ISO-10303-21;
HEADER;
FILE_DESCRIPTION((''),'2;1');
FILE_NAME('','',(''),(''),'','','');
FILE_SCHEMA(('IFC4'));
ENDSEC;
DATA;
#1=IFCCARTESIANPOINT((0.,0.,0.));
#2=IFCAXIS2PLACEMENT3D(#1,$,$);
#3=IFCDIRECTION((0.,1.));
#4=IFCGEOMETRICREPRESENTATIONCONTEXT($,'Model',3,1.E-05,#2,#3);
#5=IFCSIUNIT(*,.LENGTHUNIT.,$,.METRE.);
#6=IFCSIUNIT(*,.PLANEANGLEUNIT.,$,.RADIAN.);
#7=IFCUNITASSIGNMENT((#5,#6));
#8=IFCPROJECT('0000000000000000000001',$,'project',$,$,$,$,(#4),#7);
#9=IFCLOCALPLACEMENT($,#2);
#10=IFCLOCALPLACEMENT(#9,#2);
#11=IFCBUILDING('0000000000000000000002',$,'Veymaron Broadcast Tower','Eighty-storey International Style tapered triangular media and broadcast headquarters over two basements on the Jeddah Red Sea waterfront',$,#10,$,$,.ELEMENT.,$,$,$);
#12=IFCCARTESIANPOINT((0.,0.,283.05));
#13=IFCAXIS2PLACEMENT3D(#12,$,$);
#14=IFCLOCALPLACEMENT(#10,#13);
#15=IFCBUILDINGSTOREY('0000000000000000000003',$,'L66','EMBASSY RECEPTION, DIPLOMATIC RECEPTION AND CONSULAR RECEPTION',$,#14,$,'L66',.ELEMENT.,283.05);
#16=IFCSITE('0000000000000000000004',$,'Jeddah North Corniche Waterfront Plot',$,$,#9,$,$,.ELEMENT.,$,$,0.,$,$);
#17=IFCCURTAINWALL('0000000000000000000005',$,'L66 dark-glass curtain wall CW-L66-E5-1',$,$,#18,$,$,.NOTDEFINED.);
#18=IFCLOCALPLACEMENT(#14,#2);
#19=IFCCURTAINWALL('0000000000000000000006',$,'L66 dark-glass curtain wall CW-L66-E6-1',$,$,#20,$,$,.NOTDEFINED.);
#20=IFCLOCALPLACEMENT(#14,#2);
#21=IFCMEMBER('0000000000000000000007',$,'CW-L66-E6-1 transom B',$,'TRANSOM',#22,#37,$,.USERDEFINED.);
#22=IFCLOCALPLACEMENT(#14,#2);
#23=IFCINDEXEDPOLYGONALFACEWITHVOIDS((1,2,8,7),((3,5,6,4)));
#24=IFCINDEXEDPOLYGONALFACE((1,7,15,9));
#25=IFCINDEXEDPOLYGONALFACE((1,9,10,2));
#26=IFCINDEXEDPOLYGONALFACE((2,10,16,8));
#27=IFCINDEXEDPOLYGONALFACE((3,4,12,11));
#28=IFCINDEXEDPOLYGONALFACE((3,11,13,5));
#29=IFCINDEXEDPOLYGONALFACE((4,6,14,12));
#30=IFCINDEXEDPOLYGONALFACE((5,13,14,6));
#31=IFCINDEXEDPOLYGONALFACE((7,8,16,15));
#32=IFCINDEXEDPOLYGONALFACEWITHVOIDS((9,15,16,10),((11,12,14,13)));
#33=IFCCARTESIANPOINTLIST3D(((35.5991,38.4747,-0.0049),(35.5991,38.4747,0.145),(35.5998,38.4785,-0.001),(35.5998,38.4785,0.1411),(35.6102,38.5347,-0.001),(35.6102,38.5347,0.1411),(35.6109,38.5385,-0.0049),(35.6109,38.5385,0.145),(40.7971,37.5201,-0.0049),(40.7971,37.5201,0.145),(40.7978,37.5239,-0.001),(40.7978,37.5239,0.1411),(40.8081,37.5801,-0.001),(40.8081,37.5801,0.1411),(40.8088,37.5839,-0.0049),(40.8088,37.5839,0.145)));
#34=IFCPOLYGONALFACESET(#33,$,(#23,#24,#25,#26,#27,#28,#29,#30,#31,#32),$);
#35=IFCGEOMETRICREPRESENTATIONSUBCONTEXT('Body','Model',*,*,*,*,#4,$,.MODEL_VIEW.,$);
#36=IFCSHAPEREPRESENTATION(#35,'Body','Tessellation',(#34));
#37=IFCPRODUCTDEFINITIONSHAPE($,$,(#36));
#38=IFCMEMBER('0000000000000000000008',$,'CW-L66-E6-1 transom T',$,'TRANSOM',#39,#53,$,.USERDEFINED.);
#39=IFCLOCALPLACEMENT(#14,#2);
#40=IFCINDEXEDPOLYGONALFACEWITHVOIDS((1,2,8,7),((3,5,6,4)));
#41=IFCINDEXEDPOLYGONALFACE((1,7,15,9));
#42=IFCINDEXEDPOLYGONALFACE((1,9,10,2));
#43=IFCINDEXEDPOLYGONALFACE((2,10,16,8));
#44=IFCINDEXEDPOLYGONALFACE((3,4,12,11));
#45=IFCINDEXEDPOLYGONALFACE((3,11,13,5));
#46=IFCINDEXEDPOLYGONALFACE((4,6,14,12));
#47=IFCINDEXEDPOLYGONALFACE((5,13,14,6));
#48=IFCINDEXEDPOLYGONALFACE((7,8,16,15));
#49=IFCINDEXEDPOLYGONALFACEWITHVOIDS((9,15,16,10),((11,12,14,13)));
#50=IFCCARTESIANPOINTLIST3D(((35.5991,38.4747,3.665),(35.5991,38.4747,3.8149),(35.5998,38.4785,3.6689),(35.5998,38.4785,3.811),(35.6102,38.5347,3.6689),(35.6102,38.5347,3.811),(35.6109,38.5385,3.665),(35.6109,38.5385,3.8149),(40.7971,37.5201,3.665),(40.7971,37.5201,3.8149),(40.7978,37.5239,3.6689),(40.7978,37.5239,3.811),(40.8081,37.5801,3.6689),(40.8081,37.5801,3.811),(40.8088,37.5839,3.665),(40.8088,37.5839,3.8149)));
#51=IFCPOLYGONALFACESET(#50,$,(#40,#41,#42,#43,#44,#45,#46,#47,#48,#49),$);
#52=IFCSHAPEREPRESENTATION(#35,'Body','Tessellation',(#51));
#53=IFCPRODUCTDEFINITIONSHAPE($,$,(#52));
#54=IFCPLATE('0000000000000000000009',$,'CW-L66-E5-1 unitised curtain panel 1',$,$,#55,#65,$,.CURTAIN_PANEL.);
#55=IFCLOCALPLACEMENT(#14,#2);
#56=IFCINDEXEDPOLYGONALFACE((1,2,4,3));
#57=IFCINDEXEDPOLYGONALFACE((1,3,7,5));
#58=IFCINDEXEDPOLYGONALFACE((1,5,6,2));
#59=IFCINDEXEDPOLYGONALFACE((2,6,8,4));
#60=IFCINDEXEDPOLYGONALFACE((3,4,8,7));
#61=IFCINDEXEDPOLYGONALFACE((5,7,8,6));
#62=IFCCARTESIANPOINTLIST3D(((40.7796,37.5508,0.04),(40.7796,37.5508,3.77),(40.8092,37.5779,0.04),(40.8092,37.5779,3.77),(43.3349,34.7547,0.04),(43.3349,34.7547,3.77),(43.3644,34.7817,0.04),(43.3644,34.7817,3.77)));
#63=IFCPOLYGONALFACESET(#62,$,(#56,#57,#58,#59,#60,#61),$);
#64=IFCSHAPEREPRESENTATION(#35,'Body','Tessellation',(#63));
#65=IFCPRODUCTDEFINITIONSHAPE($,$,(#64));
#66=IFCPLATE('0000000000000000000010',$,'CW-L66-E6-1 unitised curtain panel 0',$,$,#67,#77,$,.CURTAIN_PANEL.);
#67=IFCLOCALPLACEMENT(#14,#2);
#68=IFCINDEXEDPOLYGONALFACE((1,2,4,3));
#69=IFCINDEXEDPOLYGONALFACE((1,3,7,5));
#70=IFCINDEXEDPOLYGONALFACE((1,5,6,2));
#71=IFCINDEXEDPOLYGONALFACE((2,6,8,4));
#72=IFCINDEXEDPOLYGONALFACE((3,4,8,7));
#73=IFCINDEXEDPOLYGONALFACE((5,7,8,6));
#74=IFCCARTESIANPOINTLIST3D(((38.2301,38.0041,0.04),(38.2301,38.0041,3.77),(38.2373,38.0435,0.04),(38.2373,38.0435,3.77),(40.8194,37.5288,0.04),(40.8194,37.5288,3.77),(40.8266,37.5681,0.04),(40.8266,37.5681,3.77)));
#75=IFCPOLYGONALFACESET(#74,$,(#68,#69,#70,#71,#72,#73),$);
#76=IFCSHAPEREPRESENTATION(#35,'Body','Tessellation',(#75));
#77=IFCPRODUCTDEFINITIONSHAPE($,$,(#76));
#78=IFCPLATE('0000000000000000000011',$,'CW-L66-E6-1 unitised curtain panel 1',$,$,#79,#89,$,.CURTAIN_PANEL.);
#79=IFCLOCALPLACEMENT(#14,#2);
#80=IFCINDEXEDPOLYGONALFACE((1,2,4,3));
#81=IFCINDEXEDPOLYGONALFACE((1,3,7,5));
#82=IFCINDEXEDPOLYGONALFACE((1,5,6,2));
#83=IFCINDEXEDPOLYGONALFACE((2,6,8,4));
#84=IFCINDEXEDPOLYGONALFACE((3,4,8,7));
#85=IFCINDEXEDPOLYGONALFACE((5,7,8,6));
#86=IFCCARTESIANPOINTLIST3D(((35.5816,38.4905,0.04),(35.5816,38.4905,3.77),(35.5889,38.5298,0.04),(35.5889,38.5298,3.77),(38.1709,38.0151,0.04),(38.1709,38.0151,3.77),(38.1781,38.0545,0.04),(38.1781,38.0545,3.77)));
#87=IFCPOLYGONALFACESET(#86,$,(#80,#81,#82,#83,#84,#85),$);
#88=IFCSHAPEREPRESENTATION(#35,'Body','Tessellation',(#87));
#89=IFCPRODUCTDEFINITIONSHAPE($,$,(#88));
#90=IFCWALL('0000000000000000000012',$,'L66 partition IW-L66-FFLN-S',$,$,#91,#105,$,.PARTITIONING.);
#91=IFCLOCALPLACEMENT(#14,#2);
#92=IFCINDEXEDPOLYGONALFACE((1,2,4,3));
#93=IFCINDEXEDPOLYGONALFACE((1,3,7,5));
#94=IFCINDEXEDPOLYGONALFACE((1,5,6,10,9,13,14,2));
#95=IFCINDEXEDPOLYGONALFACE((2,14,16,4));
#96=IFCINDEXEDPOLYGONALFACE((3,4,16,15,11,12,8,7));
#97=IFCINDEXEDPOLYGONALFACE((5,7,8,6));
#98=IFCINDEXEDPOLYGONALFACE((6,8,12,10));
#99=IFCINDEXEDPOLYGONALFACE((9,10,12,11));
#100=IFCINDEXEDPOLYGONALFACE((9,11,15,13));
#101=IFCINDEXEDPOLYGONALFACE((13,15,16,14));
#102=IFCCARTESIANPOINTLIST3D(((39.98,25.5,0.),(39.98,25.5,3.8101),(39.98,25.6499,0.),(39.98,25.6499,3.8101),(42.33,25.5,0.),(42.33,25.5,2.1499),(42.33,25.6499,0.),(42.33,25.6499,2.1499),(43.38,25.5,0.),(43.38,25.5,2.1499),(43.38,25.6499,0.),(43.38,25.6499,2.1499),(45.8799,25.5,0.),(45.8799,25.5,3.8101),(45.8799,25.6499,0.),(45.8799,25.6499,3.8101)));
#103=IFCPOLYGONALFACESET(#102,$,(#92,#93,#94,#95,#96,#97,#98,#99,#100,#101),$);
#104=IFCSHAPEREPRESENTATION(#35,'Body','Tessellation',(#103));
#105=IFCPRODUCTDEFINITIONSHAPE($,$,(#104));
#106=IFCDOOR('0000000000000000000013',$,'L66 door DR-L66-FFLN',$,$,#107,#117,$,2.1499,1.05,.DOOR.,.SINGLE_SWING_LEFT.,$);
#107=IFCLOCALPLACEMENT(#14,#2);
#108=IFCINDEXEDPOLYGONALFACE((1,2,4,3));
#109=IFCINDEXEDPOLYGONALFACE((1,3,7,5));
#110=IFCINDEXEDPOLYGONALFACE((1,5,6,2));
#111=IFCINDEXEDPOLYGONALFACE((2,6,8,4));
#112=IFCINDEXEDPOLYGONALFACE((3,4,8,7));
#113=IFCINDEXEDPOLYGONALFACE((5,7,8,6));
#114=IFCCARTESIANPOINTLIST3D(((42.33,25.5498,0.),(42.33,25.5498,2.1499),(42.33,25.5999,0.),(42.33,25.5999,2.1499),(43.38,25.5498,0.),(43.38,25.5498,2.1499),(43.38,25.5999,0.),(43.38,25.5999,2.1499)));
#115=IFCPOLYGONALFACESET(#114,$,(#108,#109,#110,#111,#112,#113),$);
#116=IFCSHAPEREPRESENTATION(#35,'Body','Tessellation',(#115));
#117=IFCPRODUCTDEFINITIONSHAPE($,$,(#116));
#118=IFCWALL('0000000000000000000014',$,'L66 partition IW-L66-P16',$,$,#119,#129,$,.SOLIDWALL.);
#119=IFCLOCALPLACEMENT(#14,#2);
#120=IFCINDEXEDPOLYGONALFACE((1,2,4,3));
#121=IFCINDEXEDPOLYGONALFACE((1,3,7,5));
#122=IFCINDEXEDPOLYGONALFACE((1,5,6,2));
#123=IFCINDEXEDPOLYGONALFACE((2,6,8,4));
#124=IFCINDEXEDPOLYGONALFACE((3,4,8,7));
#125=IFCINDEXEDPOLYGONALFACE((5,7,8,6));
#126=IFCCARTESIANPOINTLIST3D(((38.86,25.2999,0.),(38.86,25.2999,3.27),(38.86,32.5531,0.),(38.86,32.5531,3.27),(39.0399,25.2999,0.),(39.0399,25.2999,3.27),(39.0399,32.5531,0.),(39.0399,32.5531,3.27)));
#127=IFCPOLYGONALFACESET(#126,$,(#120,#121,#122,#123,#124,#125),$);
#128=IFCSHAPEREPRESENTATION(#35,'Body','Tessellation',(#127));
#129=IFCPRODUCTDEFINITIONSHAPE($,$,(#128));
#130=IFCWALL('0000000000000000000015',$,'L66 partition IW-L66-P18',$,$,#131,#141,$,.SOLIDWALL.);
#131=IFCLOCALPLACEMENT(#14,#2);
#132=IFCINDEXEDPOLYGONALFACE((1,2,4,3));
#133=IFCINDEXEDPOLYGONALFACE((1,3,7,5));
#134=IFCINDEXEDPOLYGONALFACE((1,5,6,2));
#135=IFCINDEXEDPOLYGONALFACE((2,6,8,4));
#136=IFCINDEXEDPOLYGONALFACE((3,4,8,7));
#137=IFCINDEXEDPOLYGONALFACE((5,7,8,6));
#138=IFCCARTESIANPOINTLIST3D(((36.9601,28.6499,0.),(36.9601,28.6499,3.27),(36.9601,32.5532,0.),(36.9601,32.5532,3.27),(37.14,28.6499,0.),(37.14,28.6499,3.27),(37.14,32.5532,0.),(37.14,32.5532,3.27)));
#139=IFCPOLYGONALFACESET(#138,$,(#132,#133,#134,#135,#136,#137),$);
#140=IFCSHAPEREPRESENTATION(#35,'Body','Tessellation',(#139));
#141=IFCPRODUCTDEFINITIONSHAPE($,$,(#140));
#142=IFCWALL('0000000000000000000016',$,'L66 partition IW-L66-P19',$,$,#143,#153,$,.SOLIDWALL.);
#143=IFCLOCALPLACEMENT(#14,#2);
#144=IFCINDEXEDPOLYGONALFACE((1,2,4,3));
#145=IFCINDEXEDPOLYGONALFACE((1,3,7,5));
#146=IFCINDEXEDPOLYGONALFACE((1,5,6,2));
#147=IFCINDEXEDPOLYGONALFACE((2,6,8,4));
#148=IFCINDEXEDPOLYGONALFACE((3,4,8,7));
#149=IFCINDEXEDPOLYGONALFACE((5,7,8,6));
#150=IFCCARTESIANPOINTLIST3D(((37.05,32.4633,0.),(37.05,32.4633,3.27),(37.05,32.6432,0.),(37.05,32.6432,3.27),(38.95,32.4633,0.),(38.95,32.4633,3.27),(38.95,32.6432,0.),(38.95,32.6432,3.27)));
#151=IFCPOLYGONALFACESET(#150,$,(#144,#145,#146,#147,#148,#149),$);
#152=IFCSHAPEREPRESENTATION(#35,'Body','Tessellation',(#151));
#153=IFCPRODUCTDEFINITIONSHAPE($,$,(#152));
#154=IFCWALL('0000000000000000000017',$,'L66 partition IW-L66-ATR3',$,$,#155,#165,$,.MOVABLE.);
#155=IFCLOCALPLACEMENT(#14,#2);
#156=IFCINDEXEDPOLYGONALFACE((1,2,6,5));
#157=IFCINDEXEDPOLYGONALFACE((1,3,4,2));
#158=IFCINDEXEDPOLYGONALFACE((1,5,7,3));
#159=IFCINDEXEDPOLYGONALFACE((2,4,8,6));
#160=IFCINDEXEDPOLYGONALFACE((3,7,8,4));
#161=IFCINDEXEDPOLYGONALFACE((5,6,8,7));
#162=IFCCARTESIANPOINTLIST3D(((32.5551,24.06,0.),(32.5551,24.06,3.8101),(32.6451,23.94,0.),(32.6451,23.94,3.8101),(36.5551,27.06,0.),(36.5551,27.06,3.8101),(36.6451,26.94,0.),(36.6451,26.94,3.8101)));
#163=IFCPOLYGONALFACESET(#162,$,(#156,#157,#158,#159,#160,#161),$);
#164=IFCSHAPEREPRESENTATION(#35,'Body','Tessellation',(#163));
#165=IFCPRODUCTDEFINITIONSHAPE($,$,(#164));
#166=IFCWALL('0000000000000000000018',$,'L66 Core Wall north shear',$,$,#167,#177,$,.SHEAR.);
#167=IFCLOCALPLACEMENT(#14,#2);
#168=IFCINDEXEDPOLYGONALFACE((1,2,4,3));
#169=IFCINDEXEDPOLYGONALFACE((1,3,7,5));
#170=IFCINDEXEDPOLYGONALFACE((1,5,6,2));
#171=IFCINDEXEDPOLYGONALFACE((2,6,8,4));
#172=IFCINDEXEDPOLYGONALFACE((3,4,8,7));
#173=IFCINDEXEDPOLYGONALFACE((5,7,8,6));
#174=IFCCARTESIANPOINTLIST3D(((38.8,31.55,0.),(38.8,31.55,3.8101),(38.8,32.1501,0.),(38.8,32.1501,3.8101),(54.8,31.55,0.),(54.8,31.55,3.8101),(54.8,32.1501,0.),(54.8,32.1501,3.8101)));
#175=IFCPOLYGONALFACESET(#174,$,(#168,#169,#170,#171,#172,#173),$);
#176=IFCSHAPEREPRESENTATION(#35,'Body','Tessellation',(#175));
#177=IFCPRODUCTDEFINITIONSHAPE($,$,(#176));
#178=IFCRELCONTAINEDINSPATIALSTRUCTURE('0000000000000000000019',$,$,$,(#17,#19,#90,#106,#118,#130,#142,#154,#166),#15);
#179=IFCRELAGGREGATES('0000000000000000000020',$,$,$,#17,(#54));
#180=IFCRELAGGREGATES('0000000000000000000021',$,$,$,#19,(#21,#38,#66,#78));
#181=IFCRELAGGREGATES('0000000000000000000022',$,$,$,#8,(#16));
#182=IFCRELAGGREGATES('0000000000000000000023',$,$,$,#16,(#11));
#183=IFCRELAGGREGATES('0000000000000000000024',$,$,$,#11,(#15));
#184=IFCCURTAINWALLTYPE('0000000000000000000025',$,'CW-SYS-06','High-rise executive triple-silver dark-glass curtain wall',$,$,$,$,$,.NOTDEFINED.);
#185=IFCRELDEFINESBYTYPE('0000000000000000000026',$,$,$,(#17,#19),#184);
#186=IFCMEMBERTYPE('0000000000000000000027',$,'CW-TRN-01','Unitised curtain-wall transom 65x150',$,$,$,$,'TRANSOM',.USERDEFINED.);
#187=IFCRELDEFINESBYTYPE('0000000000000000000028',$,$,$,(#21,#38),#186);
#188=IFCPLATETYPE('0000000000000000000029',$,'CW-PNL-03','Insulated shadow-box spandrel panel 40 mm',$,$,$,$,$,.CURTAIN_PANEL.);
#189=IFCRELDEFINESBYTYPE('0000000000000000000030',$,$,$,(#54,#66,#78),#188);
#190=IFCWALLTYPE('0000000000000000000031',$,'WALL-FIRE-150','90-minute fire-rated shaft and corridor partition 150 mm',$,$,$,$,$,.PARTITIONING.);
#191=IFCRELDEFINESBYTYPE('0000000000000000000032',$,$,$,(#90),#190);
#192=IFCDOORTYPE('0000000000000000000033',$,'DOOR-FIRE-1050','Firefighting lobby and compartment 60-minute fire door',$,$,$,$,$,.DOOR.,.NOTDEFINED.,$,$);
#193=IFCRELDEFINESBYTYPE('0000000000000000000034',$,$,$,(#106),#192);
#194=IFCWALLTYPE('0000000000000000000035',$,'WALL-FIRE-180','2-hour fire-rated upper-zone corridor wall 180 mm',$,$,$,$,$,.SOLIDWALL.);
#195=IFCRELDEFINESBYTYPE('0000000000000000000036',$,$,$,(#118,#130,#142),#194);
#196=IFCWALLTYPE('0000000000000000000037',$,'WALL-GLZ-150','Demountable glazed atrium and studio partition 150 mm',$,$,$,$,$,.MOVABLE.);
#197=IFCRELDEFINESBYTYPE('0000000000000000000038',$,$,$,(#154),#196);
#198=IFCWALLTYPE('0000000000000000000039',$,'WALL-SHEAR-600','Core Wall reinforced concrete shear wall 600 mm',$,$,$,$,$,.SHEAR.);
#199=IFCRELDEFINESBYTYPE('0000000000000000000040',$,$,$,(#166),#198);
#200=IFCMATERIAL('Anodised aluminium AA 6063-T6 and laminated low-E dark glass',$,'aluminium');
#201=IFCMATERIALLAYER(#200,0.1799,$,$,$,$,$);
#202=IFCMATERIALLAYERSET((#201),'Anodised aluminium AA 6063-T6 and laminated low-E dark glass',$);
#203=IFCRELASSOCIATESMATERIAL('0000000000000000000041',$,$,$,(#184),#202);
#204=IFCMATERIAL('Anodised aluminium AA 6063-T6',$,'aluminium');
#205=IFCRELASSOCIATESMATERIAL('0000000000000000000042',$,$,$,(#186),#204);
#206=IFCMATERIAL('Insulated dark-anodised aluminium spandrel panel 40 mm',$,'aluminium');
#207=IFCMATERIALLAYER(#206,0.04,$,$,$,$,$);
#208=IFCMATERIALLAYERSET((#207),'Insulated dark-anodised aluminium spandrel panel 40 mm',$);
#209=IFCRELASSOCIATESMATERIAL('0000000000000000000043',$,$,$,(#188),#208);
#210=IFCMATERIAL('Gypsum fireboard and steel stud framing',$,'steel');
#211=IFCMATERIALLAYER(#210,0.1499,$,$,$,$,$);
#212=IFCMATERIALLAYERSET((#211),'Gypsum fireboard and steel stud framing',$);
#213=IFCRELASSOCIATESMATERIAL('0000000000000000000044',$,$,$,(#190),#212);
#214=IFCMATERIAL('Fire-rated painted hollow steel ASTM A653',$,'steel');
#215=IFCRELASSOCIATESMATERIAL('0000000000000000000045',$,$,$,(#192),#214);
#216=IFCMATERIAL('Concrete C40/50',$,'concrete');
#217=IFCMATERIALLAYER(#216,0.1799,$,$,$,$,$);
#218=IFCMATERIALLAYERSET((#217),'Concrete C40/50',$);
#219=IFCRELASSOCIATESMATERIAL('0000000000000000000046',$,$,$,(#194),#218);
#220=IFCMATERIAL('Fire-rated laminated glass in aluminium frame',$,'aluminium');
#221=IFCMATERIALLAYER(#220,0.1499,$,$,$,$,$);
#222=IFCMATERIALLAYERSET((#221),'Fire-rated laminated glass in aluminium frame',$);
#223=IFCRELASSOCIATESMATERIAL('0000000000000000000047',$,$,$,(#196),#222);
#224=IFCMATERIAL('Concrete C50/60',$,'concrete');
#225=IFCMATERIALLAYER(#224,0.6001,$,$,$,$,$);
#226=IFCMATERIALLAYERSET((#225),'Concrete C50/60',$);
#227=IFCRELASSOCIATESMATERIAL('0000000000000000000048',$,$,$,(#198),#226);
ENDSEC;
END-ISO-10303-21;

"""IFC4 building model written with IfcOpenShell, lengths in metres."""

from ifc_helpers import new_model, si_unit, direction, frame, frame_2d, origin, origin_2d, place, context, subcontext, project, spatial, rectangle, hollow_rectangle, extrude, material, layer, layer_set, material_profile, profile_set, type_object, element, fill, aggregate, save


model = new_model("IFC4")

# Units and contexts
model_context = context("Model", 3, precision=1e-05, world=origin(), true_north=direction((0.0, 1.0)))
body_context = subcontext(model_context, "Body", "Model", "MODEL_VIEW")
ifc_project = project(units=[si_unit("LENGTHUNIT", "METRE"), si_unit("PLANEANGLEUNIT", "RADIAN")], contexts=[model_context])

# Site, building, storey
site_placement = place(None, origin())
site = spatial("IfcSite", under=ifc_project, at=site_placement, Name="Jeddah North Corniche Waterfront Plot", CompositionType="ELEMENT", RefElevation=0.0)
building_placement = place(site_placement, origin())
building = spatial("IfcBuilding", under=site, at=building_placement, Name="Veymaron Broadcast Tower", Description="Eighty-storey International Style tapered triangular media and broadcast headquarters over two basements on the Jeddah Red Sea waterfront", CompositionType="ELEMENT")
storey_placement = place(building_placement, frame((0.0, 0.0, 283.05)))
storey = spatial("IfcBuildingStorey", under=building, at=storey_placement, Name="L66", Description="EMBASSY RECEPTION, DIPLOMATIC RECEPTION AND CONSULAR RECEPTION", LongName="L66", CompositionType="ELEMENT", Elevation=283.05)

# Curtain walls, members
ifc_material_1 = material(Name="Anodised aluminium AA 6063-T6 and laminated low-E dark glass", Category="aluminium")
ifc_layer_1 = layer(ifc_material_1, 0.1799)
ifc_layer_set_1 = layer_set([ifc_layer_1], Name="Anodised aluminium AA 6063-T6 and laminated low-E dark glass")
curtain_wall_type = type_object("IfcCurtainWallType", Name="CW-SYS-06", Description="High-rise executive triple-silver dark-glass curtain wall", PredefinedType="NOTDEFINED", material=ifc_layer_set_1)
curtain_wall_1_placement = place(storey_placement, origin())
curtain_wall_1 = element("IfcCurtainWall", 1, at=curtain_wall_1_placement, inside=storey, type_object=curtain_wall_type, Name="L66 dark-glass curtain wall CW-L66-E5-1", PredefinedType="NOTDEFINED")
ifc_material_2 = material(Name="Anodised aluminium AA 6063-T6", Category="aluminium")
curtain_wall_2_placement = place(storey_placement, origin())
curtain_wall_2 = element("IfcCurtainWall", 2, at=curtain_wall_2_placement, inside=storey, type_object=curtain_wall_type, Name="L66 dark-glass curtain wall CW-L66-E6-1", PredefinedType="NOTDEFINED")
ifc_material_profile_1 = material_profile(ifc_material_2, hollow_rectangle(XDim=0.0649, YDim=0.1499, WallThickness=0.0039, at=origin_2d()), Name="AL150X65X4")
ifc_profile_set_1 = profile_set([ifc_material_profile_1], Name="Anodised aluminium AA 6063-T6")
member_type_1 = type_object("IfcMemberType", Name="CW-TRN-01", Description="Unitised curtain-wall transom 65x150", ElementType="TRANSOM", PredefinedType="USERDEFINED", material=ifc_profile_set_1)
member_1_placement = place(storey_placement, frame((40.803, 37.552, 0.0701), z_axis=(-0.983552, 0.180625, 0.0), x_axis=(-0.180625, -0.983552, 0.0)))
member_1 = element("IfcMember", 3, at=member_1_placement, type_object=member_type_1, Name="CW-L66-E6-1 transom B", ObjectType="TRANSOM", PredefinedType="USERDEFINED", context=body_context, shape_type="SweptSolid", body=[
    extrude(hollow_rectangle(XDim=0.0649, YDim=0.1499, WallThickness=0.0039, at=origin_2d()), origin(), (0.0, 0.0, 1.0), 5.2849),
])
member_2_placement = place(storey_placement, frame((40.803, 37.552, 3.74), z_axis=(-0.983552, 0.180625, 0.0), x_axis=(-0.180625, -0.983552, 0.0)))
member_2 = element("IfcMember", 4, at=member_2_placement, type_object=member_type_1, Name="CW-L66-E6-1 transom T", ObjectType="TRANSOM", PredefinedType="USERDEFINED", context=body_context, shape_type="SweptSolid", body=[
    extrude(hollow_rectangle(XDim=0.0649, YDim=0.1499, WallThickness=0.0039, at=origin_2d()), origin(), (0.0, 0.0, 1.0), 5.2849),
])

# Plates
ifc_material_3 = material(Name="Insulated dark-anodised aluminium spandrel panel 40 mm", Category="aluminium")
ifc_layer_2 = layer(ifc_material_3, 0.04)
ifc_layer_set_2 = layer_set([ifc_layer_2], Name="Insulated dark-anodised aluminium spandrel panel 40 mm")
plate_type = type_object("IfcPlateType", Name="CW-PNL-03", Description="Insulated shadow-box spandrel panel 40 mm", PredefinedType="CURTAIN_PANEL", material=ifc_layer_set_2)
plate_1_placement = place(storey_placement, frame((42.072, 36.1663, 0.04), z_axis=(0.0, 0.0, 1.0), x_axis=(-0.674586, 0.738196, 0.0)))
plate_1 = element("IfcPlate", 5, at=plate_1_placement, type_object=plate_type, Name="CW-L66-E5-1 unitised curtain panel 1", PredefinedType="CURTAIN_PANEL", context=body_context, shape_type="SweptSolid", body=[
    extrude(rectangle(XDim=3.7878, YDim=0.04, at=origin_2d()), origin(), (0.0, 0.0, 1.0), 3.73),
])
aggregate(curtain_wall_1, [plate_1])
plate_2_placement = place(storey_placement, frame((39.5283, 37.7861, 0.04), z_axis=(0.0, 0.0, 1.0), x_axis=(-0.983562, 0.180571, 0.0)))
plate_2 = element("IfcPlate", 6, at=plate_2_placement, type_object=plate_type, Name="CW-L66-E6-1 unitised curtain panel 0", PredefinedType="CURTAIN_PANEL", context=body_context, shape_type="SweptSolid", body=[
    extrude(rectangle(XDim=2.6326, YDim=0.04, at=origin_2d()), origin(), (0.0, 0.0, 1.0), 3.73),
])
plate_3_placement = place(storey_placement, frame((36.8799, 38.2725, 0.04), z_axis=(0.0, 0.0, 1.0), x_axis=(-0.983562, 0.180571, 0.0)))
plate_3 = element("IfcPlate", 7, at=plate_3_placement, type_object=plate_type, Name="CW-L66-E6-1 unitised curtain panel 1", PredefinedType="CURTAIN_PANEL", context=body_context, shape_type="SweptSolid", body=[
    extrude(rectangle(XDim=2.6326, YDim=0.04, at=origin_2d()), origin(), (0.0, 0.0, 1.0), 3.73),
])
aggregate(curtain_wall_2, [member_1, member_2, plate_2, plate_3])

# Wall, opening, door
ifc_material_4 = material(Name="Gypsum fireboard and steel stud framing", Category="steel")
ifc_layer_3 = layer(ifc_material_4, 0.1499)
ifc_layer_set_3 = layer_set([ifc_layer_3], Name="Gypsum fireboard and steel stud framing")
wall_type_1 = type_object("IfcWallType", Name="WALL-FIRE-150", Description="90-minute fire-rated shaft and corridor partition 150 mm", PredefinedType="PARTITIONING", material=ifc_layer_set_3)
wall_1_placement = place(storey_placement, frame((39.98, 25.575, 0.0), z_axis=(0.0, 0.0, 1.0), x_axis=(1.0, 0.0, 0.0)))
wall_1 = element("IfcWall", 8, at=wall_1_placement, inside=storey, type_object=wall_type_1, Name="L66 partition IW-L66-FFLN-S", PredefinedType="PARTITIONING", context=body_context, shape_type="SweptSolid", body=[
    extrude(rectangle(XDim=5.8999, YDim=0.1499, at=frame_2d((2.95, 0.0))), origin(), (0.0, 0.0, 1.0), 3.8101),
])
opening_1_placement = place(wall_1_placement, frame((2.3501, 0.0, 0.0)))
opening_1 = element("IfcOpeningElement", 9, at=opening_1_placement, cuts=wall_1, PredefinedType="OPENING", context=body_context, shape_type="SweptSolid", body=[
    extrude(rectangle(XDim=1.05, YDim=2.1499, at=frame_2d((0.5249, 1.075))), frame((0.0, 0.085, 0.0), z_axis=(0.0, -1.0, 0.0), x_axis=(1.0, 0.0, 0.0)), (0.0, 0.0, 1.0), 0.1699),
])
ifc_material_5 = material(Name="Fire-rated painted hollow steel ASTM A653", Category="steel")
door_type_1 = type_object("IfcDoorType", Name="DOOR-FIRE-1050", Description="Firefighting lobby and compartment 60-minute fire door", OperationType="NOTDEFINED", PredefinedType="DOOR", material=ifc_material_5)
door_1_placement = place(opening_1_placement, origin())
door_1 = element("IfcDoor", 10, at=door_1_placement, inside=storey, type_object=door_type_1, Name="L66 door DR-L66-FFLN", OperationType="SINGLE_SWING_LEFT", OverallHeight=2.1499, OverallWidth=1.05, PredefinedType="DOOR", context=body_context, shape_type="SweptSolid", body=[
    extrude(rectangle(XDim=1.05, YDim=2.1499, at=frame_2d((0.5249, 1.075))), frame((0.0, 0.0249, 0.0), z_axis=(0.0, -1.0, 0.0), x_axis=(1.0, 0.0, 0.0)), (0.0, 0.0, 1.0), 0.05),
])
fill(opening_1, door_1)

# Walls
ifc_material_6 = material(Name="Concrete C40/50", Category="concrete")
ifc_layer_4 = layer(ifc_material_6, 0.1799)
ifc_layer_set_4 = layer_set([ifc_layer_4], Name="Concrete C40/50")
wall_type_2 = type_object("IfcWallType", Name="WALL-FIRE-180", Description="2-hour fire-rated upper-zone corridor wall 180 mm", PredefinedType="SOLIDWALL", material=ifc_layer_set_4)
wall_2_placement = place(storey_placement, frame((38.95, 25.3, 0.0), z_axis=(0.0, 0.0, 1.0), x_axis=(0.0, 1.0, 0.0)))
element("IfcWall", 11, at=wall_2_placement, inside=storey, type_object=wall_type_2, Name="L66 partition IW-L66-P16", PredefinedType="SOLIDWALL", context=body_context, shape_type="SweptSolid", body=[
    extrude(rectangle(XDim=7.2532, YDim=0.1799, at=frame_2d((3.6265, 0.0))), origin(), (0.0, 0.0, 1.0), 3.27),
])
wall_3_placement = place(storey_placement, frame((37.05, 28.6499, 0.0), z_axis=(0.0, 0.0, 1.0), x_axis=(0.0, 1.0, 0.0)))
element("IfcWall", 12, at=wall_3_placement, inside=storey, type_object=wall_type_2, Name="L66 partition IW-L66-P18", PredefinedType="SOLIDWALL", context=body_context, shape_type="SweptSolid", body=[
    extrude(rectangle(XDim=3.9033, YDim=0.1799, at=frame_2d((1.9517, 0.0))), origin(), (0.0, 0.0, 1.0), 3.27),
])
wall_4_placement = place(storey_placement, frame((37.05, 32.5532, 0.0), z_axis=(0.0, 0.0, 1.0), x_axis=(1.0, 0.0, 0.0)))
element("IfcWall", 13, at=wall_4_placement, inside=storey, type_object=wall_type_2, Name="L66 partition IW-L66-P19", PredefinedType="SOLIDWALL", context=body_context, shape_type="SweptSolid", body=[
    extrude(rectangle(XDim=1.8999, YDim=0.1799, at=frame_2d((0.95, 0.0))), origin(), (0.0, 0.0, 1.0), 3.27),
])
ifc_material_7 = material(Name="Fire-rated laminated glass in aluminium frame", Category="aluminium")
ifc_layer_5 = layer(ifc_material_7, 0.1499)
ifc_layer_set_5 = layer_set([ifc_layer_5], Name="Fire-rated laminated glass in aluminium frame")
wall_type_3 = type_object("IfcWallType", Name="WALL-GLZ-150", Description="Demountable glazed atrium and studio partition 150 mm", PredefinedType="MOVABLE", material=ifc_layer_set_5)
wall_5_placement = place(storey_placement, frame((36.6001, 27.0, 0.0), z_axis=(0.0, 0.0, 1.0), x_axis=(-0.8, -0.6, 0.0)))
element("IfcWall", 14, at=wall_5_placement, inside=storey, type_object=wall_type_3, Name="L66 partition IW-L66-ATR3", PredefinedType="MOVABLE", context=body_context, shape_type="SweptSolid", body=[
    extrude(rectangle(XDim=5.0, YDim=0.1499, at=frame_2d((2.5, 0.0))), origin(), (0.0, 0.0, 1.0), 3.8101),
])

# Shared definitions
ifc_material_8 = material(Name="Concrete C50/60", Category="concrete")

# Wall
ifc_layer_6 = layer(ifc_material_8, 0.6001)
ifc_layer_set_6 = layer_set([ifc_layer_6], Name="Concrete C50/60")
wall_type_4 = type_object("IfcWallType", Name="WALL-SHEAR-600", Description="Core Wall reinforced concrete shear wall 600 mm", PredefinedType="SHEAR", material=ifc_layer_set_6)
wall_6_placement = place(storey_placement, frame((38.8, 31.8501, 0.0), z_axis=(0.0, 0.0, 1.0), x_axis=(1.0, 0.0, 0.0)))
element("IfcWall", 15, at=wall_6_placement, inside=storey, type_object=wall_type_4, Name="L66 Core Wall north shear", PredefinedType="SHEAR", context=body_context, shape_type="SweptSolid", body=[
    extrude(rectangle(XDim=16.0, YDim=0.6001, at=frame_2d((8.0, 0.0))), origin(), (0.0, 0.0, 1.0), 3.8101),
])

save(model, "model.ifc")
